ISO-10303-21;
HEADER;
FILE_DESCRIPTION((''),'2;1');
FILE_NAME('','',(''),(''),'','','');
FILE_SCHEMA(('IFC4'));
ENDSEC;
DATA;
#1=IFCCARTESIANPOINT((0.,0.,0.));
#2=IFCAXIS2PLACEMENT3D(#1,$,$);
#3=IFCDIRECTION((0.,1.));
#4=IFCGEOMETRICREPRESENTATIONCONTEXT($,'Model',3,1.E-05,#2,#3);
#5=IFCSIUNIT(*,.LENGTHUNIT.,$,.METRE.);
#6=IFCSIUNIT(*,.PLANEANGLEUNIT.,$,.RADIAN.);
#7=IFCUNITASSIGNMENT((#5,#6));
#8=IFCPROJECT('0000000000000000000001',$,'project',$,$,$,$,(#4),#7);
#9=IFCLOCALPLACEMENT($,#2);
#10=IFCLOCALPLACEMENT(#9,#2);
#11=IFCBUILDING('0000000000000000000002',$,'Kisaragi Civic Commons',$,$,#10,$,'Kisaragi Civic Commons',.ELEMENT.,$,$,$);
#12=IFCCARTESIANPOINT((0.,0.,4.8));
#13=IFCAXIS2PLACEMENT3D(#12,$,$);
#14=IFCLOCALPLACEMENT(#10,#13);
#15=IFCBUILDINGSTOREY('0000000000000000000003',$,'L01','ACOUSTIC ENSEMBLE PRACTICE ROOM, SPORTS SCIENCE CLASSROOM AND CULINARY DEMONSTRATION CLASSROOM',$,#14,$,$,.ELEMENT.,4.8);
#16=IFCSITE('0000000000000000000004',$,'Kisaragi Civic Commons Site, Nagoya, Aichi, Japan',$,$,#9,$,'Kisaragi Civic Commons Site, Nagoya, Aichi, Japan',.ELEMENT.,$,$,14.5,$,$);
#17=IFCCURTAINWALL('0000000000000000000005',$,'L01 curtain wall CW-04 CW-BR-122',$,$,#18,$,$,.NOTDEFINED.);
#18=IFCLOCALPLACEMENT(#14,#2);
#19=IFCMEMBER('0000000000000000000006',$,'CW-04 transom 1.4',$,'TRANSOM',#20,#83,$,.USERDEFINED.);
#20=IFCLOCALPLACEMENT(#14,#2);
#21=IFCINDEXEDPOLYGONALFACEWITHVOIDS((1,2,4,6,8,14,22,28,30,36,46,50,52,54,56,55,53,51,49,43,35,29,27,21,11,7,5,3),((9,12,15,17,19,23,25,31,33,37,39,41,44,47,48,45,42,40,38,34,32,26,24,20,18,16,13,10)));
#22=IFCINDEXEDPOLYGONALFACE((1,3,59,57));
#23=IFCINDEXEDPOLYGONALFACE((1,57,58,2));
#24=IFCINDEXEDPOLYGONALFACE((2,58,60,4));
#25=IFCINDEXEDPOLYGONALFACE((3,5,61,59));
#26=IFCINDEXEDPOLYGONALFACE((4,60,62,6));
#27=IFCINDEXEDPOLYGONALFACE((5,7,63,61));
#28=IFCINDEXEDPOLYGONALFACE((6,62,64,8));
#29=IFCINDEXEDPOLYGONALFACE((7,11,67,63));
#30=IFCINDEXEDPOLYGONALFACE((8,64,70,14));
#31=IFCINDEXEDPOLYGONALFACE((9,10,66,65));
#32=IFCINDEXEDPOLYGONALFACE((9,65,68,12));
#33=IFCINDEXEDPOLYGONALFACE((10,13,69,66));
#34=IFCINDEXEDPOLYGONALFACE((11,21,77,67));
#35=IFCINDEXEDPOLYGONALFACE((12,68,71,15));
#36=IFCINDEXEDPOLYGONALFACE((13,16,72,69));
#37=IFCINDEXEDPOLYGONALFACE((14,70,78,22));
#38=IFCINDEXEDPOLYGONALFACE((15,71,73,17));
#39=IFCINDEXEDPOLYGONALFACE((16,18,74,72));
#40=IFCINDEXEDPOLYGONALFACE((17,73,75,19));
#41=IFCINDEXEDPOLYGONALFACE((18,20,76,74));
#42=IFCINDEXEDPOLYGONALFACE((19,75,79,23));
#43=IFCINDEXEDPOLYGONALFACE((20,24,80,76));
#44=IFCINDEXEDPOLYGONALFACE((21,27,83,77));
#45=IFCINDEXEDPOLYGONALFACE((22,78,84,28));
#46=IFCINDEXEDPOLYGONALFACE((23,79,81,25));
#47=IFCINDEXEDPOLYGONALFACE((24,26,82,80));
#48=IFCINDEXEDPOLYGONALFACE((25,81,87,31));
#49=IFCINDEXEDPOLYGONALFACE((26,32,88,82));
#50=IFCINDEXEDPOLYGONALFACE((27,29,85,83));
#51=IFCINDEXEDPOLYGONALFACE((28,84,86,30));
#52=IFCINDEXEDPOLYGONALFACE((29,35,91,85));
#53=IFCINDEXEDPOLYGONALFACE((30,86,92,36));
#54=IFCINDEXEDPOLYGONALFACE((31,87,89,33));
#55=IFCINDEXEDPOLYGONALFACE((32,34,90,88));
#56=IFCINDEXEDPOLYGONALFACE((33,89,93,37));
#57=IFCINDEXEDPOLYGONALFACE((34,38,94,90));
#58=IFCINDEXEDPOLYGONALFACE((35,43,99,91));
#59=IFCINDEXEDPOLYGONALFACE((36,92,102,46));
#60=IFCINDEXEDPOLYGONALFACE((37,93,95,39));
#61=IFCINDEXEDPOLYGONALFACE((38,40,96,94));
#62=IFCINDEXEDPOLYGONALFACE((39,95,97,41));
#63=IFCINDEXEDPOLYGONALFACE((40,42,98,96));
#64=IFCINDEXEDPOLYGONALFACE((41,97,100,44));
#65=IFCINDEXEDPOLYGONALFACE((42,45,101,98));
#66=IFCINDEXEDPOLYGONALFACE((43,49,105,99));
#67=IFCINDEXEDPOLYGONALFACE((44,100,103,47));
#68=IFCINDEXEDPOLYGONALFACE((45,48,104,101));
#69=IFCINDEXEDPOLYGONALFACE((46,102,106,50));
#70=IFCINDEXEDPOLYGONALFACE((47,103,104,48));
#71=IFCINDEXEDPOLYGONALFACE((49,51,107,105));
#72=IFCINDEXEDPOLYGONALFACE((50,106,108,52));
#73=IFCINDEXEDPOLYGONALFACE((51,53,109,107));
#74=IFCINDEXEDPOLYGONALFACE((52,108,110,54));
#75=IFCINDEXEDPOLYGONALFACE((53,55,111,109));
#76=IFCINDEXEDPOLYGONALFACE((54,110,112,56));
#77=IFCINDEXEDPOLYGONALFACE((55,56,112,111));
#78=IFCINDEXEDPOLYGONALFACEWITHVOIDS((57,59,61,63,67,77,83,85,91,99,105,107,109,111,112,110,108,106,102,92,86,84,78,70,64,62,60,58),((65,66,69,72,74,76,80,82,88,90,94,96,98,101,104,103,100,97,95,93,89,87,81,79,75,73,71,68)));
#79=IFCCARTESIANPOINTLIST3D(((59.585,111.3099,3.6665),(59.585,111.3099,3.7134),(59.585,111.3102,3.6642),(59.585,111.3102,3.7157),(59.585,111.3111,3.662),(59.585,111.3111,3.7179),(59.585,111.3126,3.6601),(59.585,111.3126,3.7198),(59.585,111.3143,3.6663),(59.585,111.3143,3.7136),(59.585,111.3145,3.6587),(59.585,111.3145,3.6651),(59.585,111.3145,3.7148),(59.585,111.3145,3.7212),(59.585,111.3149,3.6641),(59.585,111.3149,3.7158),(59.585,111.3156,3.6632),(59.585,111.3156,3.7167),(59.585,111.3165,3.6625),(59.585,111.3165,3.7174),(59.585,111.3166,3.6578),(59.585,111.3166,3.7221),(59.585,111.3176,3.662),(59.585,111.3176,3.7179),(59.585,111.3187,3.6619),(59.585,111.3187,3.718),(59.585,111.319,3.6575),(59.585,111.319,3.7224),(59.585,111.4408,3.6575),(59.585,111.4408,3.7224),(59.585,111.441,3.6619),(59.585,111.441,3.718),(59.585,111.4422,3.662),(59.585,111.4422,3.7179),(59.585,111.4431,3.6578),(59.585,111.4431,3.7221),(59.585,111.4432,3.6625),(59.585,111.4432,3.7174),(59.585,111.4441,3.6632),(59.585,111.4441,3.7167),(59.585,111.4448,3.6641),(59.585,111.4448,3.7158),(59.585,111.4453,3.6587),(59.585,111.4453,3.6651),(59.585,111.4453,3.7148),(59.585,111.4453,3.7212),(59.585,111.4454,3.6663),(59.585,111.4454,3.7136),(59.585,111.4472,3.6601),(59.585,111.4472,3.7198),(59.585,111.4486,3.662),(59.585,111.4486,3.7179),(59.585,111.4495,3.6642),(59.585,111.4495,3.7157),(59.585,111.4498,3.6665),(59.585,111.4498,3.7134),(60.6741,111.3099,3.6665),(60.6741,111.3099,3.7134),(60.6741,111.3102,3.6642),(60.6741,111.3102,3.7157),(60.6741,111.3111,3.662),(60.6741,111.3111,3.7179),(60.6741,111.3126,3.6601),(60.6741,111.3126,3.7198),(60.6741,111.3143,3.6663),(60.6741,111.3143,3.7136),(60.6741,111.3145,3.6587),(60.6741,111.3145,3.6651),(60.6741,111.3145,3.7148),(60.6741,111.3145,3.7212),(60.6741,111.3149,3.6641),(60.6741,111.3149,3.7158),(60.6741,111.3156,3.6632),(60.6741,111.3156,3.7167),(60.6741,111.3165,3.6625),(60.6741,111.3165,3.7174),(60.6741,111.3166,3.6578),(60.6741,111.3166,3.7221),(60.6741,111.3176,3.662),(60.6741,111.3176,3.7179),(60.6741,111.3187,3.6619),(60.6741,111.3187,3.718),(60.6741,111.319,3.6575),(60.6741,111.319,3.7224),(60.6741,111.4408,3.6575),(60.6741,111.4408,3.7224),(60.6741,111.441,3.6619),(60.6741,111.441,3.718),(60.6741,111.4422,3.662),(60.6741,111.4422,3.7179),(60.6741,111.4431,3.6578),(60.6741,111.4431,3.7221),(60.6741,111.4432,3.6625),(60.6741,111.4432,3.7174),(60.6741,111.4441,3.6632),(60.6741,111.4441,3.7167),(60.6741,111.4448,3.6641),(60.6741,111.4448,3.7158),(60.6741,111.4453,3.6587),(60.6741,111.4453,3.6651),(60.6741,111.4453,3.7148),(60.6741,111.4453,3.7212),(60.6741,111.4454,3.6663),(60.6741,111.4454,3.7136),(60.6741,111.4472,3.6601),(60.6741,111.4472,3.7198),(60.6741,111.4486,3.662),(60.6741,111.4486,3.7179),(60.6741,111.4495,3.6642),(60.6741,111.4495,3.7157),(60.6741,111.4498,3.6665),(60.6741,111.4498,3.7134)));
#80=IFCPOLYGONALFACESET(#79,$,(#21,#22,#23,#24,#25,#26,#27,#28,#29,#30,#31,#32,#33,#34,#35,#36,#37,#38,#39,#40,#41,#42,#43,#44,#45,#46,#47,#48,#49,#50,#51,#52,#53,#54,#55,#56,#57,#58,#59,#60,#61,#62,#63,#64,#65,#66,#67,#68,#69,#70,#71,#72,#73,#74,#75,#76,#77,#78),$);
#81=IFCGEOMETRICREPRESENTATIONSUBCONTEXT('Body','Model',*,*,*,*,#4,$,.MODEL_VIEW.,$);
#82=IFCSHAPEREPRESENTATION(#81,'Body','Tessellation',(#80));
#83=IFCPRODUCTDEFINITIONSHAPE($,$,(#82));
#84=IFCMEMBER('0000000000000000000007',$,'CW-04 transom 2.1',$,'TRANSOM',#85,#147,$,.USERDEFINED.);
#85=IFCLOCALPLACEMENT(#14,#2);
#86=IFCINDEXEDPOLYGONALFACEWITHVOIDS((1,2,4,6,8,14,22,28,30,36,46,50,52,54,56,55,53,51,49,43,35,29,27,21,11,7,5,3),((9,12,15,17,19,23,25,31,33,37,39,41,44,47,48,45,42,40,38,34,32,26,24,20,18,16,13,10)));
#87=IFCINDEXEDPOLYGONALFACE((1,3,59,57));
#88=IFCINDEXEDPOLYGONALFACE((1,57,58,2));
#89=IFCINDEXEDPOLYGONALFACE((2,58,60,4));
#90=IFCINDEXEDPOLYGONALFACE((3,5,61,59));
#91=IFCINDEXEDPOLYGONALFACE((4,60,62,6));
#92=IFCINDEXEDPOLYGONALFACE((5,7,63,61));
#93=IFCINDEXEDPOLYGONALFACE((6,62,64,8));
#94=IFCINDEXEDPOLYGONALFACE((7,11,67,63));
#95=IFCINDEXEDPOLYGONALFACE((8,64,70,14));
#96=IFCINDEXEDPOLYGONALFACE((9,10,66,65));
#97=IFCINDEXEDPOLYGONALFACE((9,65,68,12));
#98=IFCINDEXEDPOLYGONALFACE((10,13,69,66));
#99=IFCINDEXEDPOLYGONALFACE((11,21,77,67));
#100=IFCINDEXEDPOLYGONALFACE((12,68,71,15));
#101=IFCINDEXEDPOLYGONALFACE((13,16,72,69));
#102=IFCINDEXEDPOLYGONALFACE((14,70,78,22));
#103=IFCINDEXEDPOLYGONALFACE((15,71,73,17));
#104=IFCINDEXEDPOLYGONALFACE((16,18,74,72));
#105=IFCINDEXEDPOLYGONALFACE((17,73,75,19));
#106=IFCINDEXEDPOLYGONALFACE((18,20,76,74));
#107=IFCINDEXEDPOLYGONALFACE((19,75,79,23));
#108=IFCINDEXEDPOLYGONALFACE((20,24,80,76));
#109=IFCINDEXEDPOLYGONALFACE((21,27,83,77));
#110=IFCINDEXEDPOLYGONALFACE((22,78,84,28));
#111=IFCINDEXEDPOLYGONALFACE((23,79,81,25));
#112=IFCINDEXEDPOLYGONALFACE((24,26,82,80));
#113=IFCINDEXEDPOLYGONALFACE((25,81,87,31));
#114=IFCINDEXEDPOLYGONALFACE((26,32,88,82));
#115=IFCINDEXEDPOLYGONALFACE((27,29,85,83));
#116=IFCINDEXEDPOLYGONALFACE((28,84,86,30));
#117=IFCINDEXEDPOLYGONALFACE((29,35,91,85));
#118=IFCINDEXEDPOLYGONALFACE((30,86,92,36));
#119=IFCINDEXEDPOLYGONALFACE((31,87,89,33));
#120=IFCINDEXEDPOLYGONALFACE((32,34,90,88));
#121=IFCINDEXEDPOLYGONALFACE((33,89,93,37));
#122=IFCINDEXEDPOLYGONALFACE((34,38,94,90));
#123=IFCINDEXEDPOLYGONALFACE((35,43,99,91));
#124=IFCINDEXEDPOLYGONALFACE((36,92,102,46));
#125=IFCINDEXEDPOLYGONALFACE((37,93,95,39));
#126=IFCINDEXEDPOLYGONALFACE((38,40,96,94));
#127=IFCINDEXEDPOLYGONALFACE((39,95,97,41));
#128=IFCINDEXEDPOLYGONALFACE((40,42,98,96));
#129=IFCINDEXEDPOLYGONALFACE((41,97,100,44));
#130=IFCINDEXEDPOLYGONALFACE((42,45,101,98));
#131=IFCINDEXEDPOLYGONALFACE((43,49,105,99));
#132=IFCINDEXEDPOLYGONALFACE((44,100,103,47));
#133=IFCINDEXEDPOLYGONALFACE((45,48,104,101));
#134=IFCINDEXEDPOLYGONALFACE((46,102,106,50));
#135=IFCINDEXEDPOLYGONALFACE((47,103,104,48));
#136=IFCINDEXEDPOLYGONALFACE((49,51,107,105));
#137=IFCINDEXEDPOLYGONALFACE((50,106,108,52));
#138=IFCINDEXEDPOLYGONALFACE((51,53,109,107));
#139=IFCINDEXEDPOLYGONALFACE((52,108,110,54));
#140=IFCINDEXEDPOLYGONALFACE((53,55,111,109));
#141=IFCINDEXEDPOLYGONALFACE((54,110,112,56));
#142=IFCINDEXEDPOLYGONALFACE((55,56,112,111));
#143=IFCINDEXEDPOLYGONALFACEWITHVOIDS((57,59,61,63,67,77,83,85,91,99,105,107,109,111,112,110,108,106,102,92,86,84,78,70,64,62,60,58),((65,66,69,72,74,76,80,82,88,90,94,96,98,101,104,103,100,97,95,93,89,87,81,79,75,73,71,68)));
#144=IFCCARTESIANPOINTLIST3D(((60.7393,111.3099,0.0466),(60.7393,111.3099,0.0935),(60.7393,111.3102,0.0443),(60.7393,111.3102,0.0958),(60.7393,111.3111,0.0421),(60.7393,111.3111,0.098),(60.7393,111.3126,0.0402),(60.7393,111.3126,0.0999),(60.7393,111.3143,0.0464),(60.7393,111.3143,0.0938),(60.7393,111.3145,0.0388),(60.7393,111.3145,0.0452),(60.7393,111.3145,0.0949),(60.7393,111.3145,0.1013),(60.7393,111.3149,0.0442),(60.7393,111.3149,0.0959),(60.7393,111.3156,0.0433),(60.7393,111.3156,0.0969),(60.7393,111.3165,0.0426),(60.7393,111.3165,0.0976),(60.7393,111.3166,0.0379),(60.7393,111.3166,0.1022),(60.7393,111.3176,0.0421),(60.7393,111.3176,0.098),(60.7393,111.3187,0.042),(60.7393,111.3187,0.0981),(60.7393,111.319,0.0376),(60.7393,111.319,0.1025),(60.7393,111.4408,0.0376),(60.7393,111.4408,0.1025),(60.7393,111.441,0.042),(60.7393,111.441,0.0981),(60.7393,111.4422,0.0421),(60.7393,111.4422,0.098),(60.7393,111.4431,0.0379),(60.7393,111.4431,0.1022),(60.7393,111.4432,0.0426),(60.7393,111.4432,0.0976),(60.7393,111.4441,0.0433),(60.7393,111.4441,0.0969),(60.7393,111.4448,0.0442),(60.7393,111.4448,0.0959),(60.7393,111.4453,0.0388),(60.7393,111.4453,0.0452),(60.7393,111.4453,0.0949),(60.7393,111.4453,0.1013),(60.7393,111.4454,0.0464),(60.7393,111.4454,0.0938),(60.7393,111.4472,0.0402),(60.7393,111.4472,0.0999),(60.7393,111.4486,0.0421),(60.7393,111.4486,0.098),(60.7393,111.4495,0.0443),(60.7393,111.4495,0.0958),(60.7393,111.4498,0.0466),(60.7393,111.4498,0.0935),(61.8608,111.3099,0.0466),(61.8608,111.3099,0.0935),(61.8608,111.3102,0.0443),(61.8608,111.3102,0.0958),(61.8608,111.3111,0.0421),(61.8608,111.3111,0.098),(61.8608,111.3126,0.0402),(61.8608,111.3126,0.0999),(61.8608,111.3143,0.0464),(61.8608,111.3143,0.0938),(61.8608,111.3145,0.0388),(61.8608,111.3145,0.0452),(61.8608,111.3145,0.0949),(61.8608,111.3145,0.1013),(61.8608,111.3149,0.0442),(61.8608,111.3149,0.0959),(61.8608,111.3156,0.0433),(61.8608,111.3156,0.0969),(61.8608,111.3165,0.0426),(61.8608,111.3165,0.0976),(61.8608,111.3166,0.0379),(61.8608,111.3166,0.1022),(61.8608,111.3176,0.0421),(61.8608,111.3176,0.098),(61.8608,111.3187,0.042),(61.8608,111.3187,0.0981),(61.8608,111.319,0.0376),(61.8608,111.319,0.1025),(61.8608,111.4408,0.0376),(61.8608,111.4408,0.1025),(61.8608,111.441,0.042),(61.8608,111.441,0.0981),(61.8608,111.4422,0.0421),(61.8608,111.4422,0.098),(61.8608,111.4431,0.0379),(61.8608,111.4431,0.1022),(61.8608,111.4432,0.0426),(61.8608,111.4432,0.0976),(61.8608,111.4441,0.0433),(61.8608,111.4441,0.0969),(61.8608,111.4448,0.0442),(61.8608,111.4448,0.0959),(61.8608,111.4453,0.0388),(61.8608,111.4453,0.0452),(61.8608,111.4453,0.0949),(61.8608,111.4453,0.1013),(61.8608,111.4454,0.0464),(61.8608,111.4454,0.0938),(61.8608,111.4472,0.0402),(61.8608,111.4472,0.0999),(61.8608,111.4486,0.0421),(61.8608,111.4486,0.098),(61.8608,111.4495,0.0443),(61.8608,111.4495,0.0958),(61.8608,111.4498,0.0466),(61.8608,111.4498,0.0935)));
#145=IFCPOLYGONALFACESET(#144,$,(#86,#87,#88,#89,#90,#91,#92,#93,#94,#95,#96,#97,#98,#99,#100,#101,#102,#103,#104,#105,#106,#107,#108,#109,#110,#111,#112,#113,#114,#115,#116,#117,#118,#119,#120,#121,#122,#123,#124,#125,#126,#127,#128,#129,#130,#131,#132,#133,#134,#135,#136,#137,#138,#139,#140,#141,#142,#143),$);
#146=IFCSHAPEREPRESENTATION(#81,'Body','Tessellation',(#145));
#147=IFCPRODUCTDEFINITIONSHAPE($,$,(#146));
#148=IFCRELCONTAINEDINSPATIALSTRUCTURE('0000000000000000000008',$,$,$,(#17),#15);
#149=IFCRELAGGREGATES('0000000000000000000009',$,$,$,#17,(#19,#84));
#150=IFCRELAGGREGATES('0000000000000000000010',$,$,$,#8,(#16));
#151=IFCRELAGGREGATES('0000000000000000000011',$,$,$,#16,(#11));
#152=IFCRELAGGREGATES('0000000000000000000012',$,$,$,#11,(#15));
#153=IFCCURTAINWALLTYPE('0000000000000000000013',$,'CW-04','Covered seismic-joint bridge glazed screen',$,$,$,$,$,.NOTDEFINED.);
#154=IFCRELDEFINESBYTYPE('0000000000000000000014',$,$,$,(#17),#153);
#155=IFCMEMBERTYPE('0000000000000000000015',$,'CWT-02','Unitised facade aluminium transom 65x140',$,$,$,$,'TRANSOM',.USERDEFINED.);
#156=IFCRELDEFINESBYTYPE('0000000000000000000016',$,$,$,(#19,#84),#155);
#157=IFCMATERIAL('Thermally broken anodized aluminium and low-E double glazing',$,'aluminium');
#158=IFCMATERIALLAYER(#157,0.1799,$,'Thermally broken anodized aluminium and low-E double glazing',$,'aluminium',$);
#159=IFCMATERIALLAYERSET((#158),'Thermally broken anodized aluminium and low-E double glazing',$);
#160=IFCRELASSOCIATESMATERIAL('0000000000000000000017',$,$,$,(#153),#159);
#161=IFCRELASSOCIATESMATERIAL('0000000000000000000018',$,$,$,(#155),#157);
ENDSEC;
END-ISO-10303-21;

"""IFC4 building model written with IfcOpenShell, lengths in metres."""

from ifc_helpers import new_model, si_unit, direction, frame, origin, origin_2d, place, context, subcontext, project, spatial, hollow_rectangle, extrude, material, layer, layer_set, material_profile, profile_set, type_object, element, aggregate, save


model = new_model("IFC4")

# Units and contexts
model_context = context("Model", 3, precision=1e-05, world=origin(), true_north=direction((0.0, 1.0)))
body_context = subcontext(model_context, "Body", "Model", "MODEL_VIEW")
ifc_project = project(units=[si_unit("LENGTHUNIT", "METRE"), si_unit("PLANEANGLEUNIT", "RADIAN")], contexts=[model_context])

# Site, building, storey
site_placement = place(None, origin())
site = spatial("IfcSite", under=ifc_project, at=site_placement, Name="Kisaragi Civic Commons Site, Nagoya, Aichi, Japan", LongName="Kisaragi Civic Commons Site, Nagoya, Aichi, Japan", CompositionType="ELEMENT", RefElevation=14.5)
building_placement = place(site_placement, origin())
building = spatial("IfcBuilding", under=site, at=building_placement, Name="Kisaragi Civic Commons", LongName="Kisaragi Civic Commons", CompositionType="ELEMENT")
storey_placement = place(building_placement, frame((0.0, 0.0, 4.8)))
storey = spatial("IfcBuildingStorey", under=building, at=storey_placement, Name="L01", Description="ACOUSTIC ENSEMBLE PRACTICE ROOM, SPORTS SCIENCE CLASSROOM AND CULINARY DEMONSTRATION CLASSROOM", CompositionType="ELEMENT", Elevation=4.8)

# Shared definitions
ifc_material_1 = material(Name="Thermally broken anodized aluminium and low-E double glazing", Category="aluminium")
ifc_layer_1 = layer(ifc_material_1, 0.1799, Name="Thermally broken anodized aluminium and low-E double glazing", Category="aluminium")
ifc_layer_set_1 = layer_set([ifc_layer_1], Name="Thermally broken anodized aluminium and low-E double glazing")
curtain_wall_type = type_object("IfcCurtainWallType", Name="CW-04", Description="Covered seismic-joint bridge glazed screen", PredefinedType="NOTDEFINED", material=ifc_layer_set_1)

# Curtain wall
curtain_wall_1_placement = place(storey_placement, origin())
curtain_wall_1 = element("IfcCurtainWall", 1, at=curtain_wall_1_placement, inside=storey, type_object=curtain_wall_type, Name="L01 curtain wall CW-04 CW-BR-122", PredefinedType="NOTDEFINED")

# Members
ifc_material_profile_1 = material_profile(ifc_material_1, hollow_rectangle(XDim=0.1399, YDim=0.0649, WallThickness=0.0044, InnerFilletRadius=0.0044, OuterFilletRadius=0.009, at=origin_2d()), Name="CWT-65x140x4.5", Category="aluminium")
ifc_profile_set_1 = profile_set([ifc_material_profile_1], Name="Thermally broken anodized aluminium and low-E double glazing")
member_type_1 = type_object("IfcMemberType", Name="CWT-02", Description="Unitised facade aluminium transom 65x140", ElementType="TRANSOM", PredefinedType="USERDEFINED", material=ifc_profile_set_1)
member_1_placement = place(storey_placement, frame((59.585, 111.3799, 3.6899), z_axis=(1.0, 0.0, 0.0), x_axis=(0.0, 1.0, 0.0)))
member_1 = element("IfcMember", 2, at=member_1_placement, type_object=member_type_1, Name="CW-04 transom 1.4", ObjectType="TRANSOM", PredefinedType="USERDEFINED", context=body_context, shape_type="SweptSolid", body=[
    extrude(hollow_rectangle(XDim=0.1399, YDim=0.0649, WallThickness=0.0044, InnerFilletRadius=0.0044, OuterFilletRadius=0.009, at=origin_2d()), origin(), (0.0, 0.0, 1.0), 1.0891),
])
member_2_placement = place(storey_placement, frame((60.7393, 111.3799, 0.0701), z_axis=(1.0, 0.0, 0.0), x_axis=(0.0, 1.0, 0.0)))
member_2 = element("IfcMember", 3, at=member_2_placement, type_object=member_type_1, Name="CW-04 transom 2.1", ObjectType="TRANSOM", PredefinedType="USERDEFINED", context=body_context, shape_type="SweptSolid", body=[
    extrude(hollow_rectangle(XDim=0.1399, YDim=0.0649, WallThickness=0.0044, InnerFilletRadius=0.0044, OuterFilletRadius=0.009, at=origin_2d()), origin(), (0.0, 0.0, 1.0), 1.1216),
])

aggregate(curtain_wall_1, [member_1, member_2])

save(model, "model.ifc")
